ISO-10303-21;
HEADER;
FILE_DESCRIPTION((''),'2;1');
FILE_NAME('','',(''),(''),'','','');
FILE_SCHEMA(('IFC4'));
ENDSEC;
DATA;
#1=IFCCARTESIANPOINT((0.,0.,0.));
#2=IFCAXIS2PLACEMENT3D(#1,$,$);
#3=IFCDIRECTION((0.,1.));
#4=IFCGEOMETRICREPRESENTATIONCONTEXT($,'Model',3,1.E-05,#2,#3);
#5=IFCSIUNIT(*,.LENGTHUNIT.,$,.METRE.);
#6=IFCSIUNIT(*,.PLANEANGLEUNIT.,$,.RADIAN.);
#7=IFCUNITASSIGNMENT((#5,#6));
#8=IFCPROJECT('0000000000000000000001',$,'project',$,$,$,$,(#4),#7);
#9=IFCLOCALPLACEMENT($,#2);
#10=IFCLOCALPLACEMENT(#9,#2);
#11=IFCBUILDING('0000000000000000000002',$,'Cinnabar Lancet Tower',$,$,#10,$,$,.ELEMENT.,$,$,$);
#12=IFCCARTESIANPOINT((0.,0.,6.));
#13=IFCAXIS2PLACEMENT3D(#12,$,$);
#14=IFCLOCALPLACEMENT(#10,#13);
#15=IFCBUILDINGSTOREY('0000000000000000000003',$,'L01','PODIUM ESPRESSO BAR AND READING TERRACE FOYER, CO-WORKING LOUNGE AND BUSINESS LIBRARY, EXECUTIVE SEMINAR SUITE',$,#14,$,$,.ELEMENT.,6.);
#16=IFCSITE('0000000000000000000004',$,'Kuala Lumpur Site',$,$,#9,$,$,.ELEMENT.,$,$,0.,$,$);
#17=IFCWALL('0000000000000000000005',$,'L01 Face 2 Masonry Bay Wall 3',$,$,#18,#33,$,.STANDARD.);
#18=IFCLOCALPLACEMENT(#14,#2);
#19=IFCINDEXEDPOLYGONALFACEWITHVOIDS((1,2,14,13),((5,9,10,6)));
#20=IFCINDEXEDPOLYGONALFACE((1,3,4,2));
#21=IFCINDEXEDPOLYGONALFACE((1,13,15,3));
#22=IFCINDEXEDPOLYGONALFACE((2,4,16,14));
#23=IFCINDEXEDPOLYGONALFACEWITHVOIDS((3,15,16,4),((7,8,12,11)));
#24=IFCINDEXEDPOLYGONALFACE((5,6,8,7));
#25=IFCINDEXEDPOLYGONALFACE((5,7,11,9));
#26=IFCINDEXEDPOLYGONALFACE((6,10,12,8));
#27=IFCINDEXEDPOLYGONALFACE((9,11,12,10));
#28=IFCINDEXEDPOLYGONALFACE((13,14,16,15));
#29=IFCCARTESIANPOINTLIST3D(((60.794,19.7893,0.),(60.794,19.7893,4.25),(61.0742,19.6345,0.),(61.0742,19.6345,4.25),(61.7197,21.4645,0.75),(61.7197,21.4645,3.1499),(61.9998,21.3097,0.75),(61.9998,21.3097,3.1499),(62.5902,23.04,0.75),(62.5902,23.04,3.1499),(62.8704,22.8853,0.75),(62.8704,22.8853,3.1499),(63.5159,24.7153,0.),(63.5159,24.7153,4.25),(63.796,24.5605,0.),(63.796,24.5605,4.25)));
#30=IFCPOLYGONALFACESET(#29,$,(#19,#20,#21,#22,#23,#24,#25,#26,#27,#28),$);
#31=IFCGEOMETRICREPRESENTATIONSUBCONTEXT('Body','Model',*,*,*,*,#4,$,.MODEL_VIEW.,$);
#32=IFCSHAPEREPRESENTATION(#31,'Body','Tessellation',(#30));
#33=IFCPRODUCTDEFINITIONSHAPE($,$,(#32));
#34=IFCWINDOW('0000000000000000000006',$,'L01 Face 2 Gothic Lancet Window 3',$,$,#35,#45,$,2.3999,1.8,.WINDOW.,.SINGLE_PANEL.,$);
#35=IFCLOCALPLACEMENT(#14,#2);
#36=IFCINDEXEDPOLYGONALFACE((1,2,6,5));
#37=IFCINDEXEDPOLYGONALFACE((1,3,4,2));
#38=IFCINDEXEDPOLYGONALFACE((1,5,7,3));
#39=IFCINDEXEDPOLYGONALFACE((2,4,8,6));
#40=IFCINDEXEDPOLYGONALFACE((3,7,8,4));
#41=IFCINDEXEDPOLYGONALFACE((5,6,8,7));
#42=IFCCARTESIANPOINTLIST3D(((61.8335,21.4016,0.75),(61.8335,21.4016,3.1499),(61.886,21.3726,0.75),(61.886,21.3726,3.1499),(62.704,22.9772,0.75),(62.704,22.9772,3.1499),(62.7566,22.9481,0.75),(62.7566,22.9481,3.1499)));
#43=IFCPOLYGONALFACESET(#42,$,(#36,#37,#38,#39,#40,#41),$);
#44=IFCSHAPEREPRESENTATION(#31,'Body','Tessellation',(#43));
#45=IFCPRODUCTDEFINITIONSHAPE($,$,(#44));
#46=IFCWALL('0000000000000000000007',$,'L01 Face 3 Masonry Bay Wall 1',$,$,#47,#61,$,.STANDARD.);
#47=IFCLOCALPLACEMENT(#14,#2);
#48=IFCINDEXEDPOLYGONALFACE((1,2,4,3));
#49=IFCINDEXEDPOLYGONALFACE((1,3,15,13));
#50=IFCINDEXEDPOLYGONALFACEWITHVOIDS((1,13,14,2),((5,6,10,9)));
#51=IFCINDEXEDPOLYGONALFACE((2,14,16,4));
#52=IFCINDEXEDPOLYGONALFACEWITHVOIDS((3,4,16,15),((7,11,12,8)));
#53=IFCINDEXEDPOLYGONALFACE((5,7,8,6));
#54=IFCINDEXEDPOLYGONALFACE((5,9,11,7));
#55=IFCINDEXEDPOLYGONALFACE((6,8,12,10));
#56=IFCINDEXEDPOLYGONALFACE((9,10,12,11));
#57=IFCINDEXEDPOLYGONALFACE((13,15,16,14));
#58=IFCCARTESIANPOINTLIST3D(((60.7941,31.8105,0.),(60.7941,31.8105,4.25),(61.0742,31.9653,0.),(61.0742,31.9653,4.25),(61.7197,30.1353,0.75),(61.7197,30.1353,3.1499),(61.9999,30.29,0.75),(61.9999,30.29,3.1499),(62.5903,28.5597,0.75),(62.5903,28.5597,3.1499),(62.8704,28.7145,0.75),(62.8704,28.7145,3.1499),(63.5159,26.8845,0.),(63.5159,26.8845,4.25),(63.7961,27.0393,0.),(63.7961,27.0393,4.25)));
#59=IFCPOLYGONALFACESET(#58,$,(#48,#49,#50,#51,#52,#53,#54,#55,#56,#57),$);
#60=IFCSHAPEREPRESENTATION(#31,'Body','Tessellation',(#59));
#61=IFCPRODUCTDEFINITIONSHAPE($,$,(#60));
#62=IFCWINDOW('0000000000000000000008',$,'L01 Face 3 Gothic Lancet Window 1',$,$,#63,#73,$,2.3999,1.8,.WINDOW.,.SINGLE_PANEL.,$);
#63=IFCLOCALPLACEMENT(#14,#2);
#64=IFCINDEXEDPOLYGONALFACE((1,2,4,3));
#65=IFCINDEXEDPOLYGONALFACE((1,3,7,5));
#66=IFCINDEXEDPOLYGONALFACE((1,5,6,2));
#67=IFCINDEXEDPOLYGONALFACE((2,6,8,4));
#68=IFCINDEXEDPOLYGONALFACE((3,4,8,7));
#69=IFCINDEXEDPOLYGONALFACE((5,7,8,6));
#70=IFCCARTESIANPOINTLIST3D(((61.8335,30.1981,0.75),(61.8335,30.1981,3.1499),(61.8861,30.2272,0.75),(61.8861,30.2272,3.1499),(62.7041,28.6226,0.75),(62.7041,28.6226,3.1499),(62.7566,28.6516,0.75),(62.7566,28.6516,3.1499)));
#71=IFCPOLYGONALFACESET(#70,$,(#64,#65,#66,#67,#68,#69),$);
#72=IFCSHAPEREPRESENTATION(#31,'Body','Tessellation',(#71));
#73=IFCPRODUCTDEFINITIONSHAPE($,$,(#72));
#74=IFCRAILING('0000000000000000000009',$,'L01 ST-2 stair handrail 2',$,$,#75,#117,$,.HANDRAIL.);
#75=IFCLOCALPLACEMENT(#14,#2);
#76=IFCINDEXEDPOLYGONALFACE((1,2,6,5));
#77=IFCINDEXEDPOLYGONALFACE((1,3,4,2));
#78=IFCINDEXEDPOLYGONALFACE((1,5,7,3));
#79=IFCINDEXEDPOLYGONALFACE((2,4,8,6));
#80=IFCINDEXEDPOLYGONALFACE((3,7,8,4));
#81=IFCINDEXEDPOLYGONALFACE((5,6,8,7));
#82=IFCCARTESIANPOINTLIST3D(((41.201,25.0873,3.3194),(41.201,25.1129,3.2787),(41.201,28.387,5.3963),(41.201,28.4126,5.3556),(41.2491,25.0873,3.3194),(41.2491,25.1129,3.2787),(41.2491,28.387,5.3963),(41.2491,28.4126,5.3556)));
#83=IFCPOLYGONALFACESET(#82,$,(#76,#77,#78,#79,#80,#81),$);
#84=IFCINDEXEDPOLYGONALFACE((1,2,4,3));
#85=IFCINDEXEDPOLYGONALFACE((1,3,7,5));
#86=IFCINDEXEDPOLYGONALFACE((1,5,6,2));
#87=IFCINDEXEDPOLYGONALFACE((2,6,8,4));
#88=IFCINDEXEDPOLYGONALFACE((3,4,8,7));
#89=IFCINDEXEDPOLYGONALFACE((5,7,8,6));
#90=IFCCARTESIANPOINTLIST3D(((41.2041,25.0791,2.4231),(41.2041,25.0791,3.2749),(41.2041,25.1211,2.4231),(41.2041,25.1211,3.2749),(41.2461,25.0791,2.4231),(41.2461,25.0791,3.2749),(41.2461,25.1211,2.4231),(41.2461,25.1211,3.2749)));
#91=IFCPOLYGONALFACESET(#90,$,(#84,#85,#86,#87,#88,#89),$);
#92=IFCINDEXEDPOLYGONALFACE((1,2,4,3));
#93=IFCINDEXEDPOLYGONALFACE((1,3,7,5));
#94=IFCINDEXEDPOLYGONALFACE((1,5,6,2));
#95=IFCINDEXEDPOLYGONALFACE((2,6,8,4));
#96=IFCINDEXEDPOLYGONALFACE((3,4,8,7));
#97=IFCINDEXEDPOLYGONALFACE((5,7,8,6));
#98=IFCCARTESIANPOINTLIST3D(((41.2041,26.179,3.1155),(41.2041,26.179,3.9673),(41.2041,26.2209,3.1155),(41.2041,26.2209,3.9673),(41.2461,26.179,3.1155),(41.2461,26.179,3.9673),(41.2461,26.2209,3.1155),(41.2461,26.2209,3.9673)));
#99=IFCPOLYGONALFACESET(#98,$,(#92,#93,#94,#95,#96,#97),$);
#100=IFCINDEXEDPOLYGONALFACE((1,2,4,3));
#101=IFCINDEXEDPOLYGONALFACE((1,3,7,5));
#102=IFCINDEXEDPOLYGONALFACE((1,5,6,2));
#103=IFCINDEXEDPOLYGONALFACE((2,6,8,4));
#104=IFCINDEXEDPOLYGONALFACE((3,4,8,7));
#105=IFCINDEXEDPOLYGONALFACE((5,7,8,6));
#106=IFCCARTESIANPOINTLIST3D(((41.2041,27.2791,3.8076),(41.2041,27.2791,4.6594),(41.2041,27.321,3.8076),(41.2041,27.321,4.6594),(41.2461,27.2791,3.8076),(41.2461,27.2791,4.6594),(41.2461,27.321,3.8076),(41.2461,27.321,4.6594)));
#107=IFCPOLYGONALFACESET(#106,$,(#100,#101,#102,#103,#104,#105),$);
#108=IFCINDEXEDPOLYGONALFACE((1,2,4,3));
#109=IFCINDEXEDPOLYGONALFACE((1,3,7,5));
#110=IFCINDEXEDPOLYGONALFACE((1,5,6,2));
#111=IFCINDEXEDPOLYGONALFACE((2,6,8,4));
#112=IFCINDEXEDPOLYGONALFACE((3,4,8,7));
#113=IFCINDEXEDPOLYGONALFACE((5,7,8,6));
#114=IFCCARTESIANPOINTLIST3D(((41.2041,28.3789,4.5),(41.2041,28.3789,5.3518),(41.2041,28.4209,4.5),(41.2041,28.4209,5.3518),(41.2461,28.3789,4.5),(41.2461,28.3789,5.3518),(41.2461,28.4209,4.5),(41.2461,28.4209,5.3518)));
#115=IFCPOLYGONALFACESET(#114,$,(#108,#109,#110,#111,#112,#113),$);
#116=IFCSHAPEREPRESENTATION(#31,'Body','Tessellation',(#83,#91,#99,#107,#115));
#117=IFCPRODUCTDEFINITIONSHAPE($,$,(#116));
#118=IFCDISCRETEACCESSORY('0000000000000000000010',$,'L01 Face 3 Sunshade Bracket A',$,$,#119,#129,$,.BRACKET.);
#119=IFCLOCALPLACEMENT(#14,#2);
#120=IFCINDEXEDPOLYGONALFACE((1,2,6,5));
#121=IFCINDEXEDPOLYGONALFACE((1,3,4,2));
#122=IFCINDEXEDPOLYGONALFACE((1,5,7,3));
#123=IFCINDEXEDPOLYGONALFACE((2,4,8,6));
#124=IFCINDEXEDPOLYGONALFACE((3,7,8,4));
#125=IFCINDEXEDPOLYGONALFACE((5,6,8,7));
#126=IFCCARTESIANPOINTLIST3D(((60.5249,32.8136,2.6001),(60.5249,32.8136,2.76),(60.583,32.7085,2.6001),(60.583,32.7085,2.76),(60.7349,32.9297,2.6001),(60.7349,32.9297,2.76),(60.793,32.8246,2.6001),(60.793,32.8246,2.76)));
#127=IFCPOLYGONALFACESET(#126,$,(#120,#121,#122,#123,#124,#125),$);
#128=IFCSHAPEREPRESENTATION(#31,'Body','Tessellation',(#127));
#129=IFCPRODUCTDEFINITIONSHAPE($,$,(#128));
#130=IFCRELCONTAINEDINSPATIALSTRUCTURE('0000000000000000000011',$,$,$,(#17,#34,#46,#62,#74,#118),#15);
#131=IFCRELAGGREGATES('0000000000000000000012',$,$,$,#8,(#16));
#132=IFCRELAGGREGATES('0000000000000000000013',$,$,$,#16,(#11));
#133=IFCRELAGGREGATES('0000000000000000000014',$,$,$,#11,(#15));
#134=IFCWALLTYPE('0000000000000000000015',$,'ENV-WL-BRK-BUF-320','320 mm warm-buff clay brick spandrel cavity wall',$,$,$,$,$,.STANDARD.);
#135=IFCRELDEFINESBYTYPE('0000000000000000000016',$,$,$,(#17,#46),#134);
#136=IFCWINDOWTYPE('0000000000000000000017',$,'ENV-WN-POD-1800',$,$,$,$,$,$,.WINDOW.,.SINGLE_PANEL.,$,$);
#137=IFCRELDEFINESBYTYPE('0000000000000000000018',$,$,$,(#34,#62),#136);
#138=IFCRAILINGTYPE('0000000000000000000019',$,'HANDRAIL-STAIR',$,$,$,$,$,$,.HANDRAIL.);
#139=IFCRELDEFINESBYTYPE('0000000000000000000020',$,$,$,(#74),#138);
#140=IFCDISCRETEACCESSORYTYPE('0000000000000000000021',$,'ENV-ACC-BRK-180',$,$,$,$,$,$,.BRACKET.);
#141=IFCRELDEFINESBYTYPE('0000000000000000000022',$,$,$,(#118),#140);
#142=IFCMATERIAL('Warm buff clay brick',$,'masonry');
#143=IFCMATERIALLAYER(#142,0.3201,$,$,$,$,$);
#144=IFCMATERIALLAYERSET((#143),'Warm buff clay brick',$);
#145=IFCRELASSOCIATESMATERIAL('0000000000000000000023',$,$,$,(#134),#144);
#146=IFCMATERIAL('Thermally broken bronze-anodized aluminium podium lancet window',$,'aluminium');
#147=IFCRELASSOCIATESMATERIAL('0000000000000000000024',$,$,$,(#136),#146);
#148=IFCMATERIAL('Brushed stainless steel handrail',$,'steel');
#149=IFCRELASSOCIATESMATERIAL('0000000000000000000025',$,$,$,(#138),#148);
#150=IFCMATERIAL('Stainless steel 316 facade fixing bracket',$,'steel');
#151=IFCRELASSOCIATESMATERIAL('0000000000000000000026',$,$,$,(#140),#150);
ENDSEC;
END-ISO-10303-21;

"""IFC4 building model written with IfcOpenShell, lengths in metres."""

from ifc_helpers import new_model, si_unit, direction, frame, frame_2d, origin, origin_2d, place, context, subcontext, project, spatial, rectangle, extrude, material, layer, layer_set, type_object, element, fill, save


model = new_model("IFC4")

# Units and contexts
model_context = context("Model", 3, precision=1e-05, world=origin(), true_north=direction((0.0, 1.0)))
body_context = subcontext(model_context, "Body", "Model", "MODEL_VIEW")
ifc_project = project(units=[si_unit("LENGTHUNIT", "METRE"), si_unit("PLANEANGLEUNIT", "RADIAN")], contexts=[model_context])

# Site, building, storey
site_placement = place(None, origin())
site = spatial("IfcSite", under=ifc_project, at=site_placement, Name="Kuala Lumpur Site", CompositionType="ELEMENT", RefElevation=0.0)
building_placement = place(site_placement, origin())
building = spatial("IfcBuilding", under=site, at=building_placement, Name="Cinnabar Lancet Tower", CompositionType="ELEMENT")
storey_placement = place(building_placement, frame((0.0, 0.0, 6.0)))
storey = spatial("IfcBuildingStorey", under=building, at=storey_placement, Name="L01", Description="PODIUM ESPRESSO BAR AND READING TERRACE FOYER, CO-WORKING LOUNGE AND BUSINESS LIBRARY, EXECUTIVE SEMINAR SUITE", CompositionType="ELEMENT", Elevation=6.0)

# Shared definitions
ifc_material_1 = material(Name="Warm buff clay brick", Category="masonry")
ifc_layer_1 = layer(ifc_material_1, 0.3201)
ifc_layer_set_1 = layer_set([ifc_layer_1], Name="Warm buff clay brick")
wall_type_1 = type_object("IfcWallType", Name="ENV-WL-BRK-BUF-320", Description="320 mm warm-buff clay brick spandrel cavity wall", PredefinedType="STANDARD", material=ifc_layer_set_1)

# Walls, openings, windows
wall_1_placement = place(storey_placement, frame((60.9341, 19.7119, 0.0), z_axis=(0.0, 0.0, 1.0), x_axis=(0.483638, 0.875268, 0.0)))
wall_1 = element("IfcWall", 1, at=wall_1_placement, inside=storey, type_object=wall_type_1, Name="L01 Face 2 Masonry Bay Wall 3", PredefinedType="STANDARD", context=body_context, shape_type="SweptSolid", body=[
    extrude(rectangle(XDim=5.6279, YDim=0.3201, at=frame_2d((2.814, 0.0))), origin(), (0.0, 0.0, 1.0), 4.25),
])
opening_1_placement = place(wall_1_placement, frame((1.9141, 0.0, 0.75)))
opening_1 = element("IfcOpeningElement", 2, at=opening_1_placement, cuts=wall_1, PredefinedType="OPENING", context=body_context, shape_type="SweptSolid", body=[
    extrude(rectangle(XDim=1.8, YDim=2.3999, at=frame_2d((0.8999, 1.2))), frame((0.0, 0.1699, 0.0), z_axis=(0.0, -1.0, 0.0), x_axis=(1.0, 0.0, 0.0)), (0.0, 0.0, 1.0), 0.3401),
])
ifc_material_2 = material(Name="Thermally broken bronze-anodized aluminium podium lancet window", Category="aluminium")
window_type = type_object("IfcWindowType", Name="ENV-WN-POD-1800", PartitioningType="SINGLE_PANEL", PredefinedType="WINDOW", material=ifc_material_2)
window_1_placement = place(opening_1_placement, origin())
window_1 = element("IfcWindow", 3, at=window_1_placement, inside=storey, type_object=window_type, Name="L01 Face 2 Gothic Lancet Window 3", OverallHeight=2.3999, OverallWidth=1.8, PartitioningType="SINGLE_PANEL", PredefinedType="WINDOW", context=body_context, shape_type="SweptSolid", body=[
    extrude(rectangle(XDim=1.8, YDim=2.3999, at=frame_2d((0.8999, 1.2))), frame((0.0, 0.03, 0.0), z_axis=(0.0, -1.0, 0.0), x_axis=(1.0, 0.0, 0.0)), (0.0, 0.0, 1.0), 0.0601),
])
fill(opening_1, window_1)
wall_2_placement = place(storey_placement, frame((63.656, 26.9619, 0.0), z_axis=(0.0, 0.0, 1.0), x_axis=(-0.483638, 0.875268, 0.0)))
wall_2 = element("IfcWall", 4, at=wall_2_placement, inside=storey, type_object=wall_type_1, Name="L01 Face 3 Masonry Bay Wall 1", PredefinedType="STANDARD", context=body_context, shape_type="SweptSolid", body=[
    extrude(rectangle(XDim=5.6279, YDim=0.3201, at=frame_2d((2.814, 0.0))), origin(), (0.0, 0.0, 1.0), 4.25),
])
opening_2_placement = place(wall_2_placement, frame((1.9141, 0.0, 0.75)))
opening_2 = element("IfcOpeningElement", 5, at=opening_2_placement, cuts=wall_2, PredefinedType="OPENING", context=body_context, shape_type="SweptSolid", body=[
    extrude(rectangle(XDim=1.8, YDim=2.3999, at=frame_2d((0.8999, 1.2))), frame((0.0, 0.1699, 0.0), z_axis=(0.0, -1.0, 0.0), x_axis=(1.0, 0.0, 0.0)), (0.0, 0.0, 1.0), 0.3401),
])
window_2_placement = place(opening_2_placement, origin())
window_2 = element("IfcWindow", 6, at=window_2_placement, inside=storey, type_object=window_type, Name="L01 Face 3 Gothic Lancet Window 1", OverallHeight=2.3999, OverallWidth=1.8, PartitioningType="SINGLE_PANEL", PredefinedType="WINDOW", context=body_context, shape_type="SweptSolid", body=[
    extrude(rectangle(XDim=1.8, YDim=2.3999, at=frame_2d((0.8999, 1.2))), frame((0.0, 0.03, 0.0), z_axis=(0.0, -1.0, 0.0), x_axis=(1.0, 0.0, 0.0)), (0.0, 0.0, 1.0), 0.0601),
])
fill(opening_2, window_2)

# Railing
ifc_material_3 = material(Name="Brushed stainless steel handrail", Category="steel")
railing_type = type_object("IfcRailingType", Name="HANDRAIL-STAIR", PredefinedType="HANDRAIL", material=ifc_material_3)
railing_placement = place(storey_placement, frame((41.2251, 25.1001, 2.4231)))
element("IfcRailing", 7, at=railing_placement, inside=storey, type_object=railing_type, Name="L01 ST-2 stair handrail 2", PredefinedType="HANDRAIL", context=body_context, shape_type="SweptSolid", body=[
    extrude(rectangle(XDim=0.0481, YDim=0.0481, at=origin_2d()), frame((0.0, 0.0, 0.876), z_axis=(0.0, 0.84632, 0.532675), x_axis=(-1.0, 0.0, 0.0)), (0.0, 0.0, 1.0), 3.8989),
    extrude(rectangle(XDim=0.042, YDim=0.042, at=origin_2d()), origin(), (0.0, 0.0, 1.0), 0.8518),
    extrude(rectangle(XDim=0.042, YDim=0.042, at=origin_2d()), frame((0.0, 1.0999, 0.6924)), (0.0, 0.0, 1.0), 0.8518),
    extrude(rectangle(XDim=0.042, YDim=0.042, at=origin_2d()), frame((0.0, 2.2, 1.3845)), (0.0, 0.0, 1.0), 0.8518),
    extrude(rectangle(XDim=0.042, YDim=0.042, at=origin_2d()), frame((0.0, 3.2998, 2.0769)), (0.0, 0.0, 1.0), 0.8518),
])

# Discrete accessory
ifc_material_4 = material(Name="Stainless steel 316 facade fixing bracket", Category="steel")
discrete_accessory_type = type_object("IfcDiscreteAccessoryType", Name="ENV-ACC-BRK-180", PredefinedType="BRACKET", material=ifc_material_4)
discrete_accessory_placement = place(storey_placement, frame((60.6589, 32.8191, 2.6001), z_axis=(0.0, 0.0, 1.0), x_axis=(-0.48368, 0.875245, 0.0)))
element("IfcDiscreteAccessory", 8, at=discrete_accessory_placement, inside=storey, type_object=discrete_accessory_type, Name="L01 Face 3 Sunshade Bracket A", PredefinedType="BRACKET", context=body_context, shape_type="SweptSolid", body=[
    extrude(rectangle(XDim=0.1201, YDim=0.24, at=origin_2d()), origin(), (0.0, 0.0, 1.0), 0.1599),
])

save(model, "model.ifc")
